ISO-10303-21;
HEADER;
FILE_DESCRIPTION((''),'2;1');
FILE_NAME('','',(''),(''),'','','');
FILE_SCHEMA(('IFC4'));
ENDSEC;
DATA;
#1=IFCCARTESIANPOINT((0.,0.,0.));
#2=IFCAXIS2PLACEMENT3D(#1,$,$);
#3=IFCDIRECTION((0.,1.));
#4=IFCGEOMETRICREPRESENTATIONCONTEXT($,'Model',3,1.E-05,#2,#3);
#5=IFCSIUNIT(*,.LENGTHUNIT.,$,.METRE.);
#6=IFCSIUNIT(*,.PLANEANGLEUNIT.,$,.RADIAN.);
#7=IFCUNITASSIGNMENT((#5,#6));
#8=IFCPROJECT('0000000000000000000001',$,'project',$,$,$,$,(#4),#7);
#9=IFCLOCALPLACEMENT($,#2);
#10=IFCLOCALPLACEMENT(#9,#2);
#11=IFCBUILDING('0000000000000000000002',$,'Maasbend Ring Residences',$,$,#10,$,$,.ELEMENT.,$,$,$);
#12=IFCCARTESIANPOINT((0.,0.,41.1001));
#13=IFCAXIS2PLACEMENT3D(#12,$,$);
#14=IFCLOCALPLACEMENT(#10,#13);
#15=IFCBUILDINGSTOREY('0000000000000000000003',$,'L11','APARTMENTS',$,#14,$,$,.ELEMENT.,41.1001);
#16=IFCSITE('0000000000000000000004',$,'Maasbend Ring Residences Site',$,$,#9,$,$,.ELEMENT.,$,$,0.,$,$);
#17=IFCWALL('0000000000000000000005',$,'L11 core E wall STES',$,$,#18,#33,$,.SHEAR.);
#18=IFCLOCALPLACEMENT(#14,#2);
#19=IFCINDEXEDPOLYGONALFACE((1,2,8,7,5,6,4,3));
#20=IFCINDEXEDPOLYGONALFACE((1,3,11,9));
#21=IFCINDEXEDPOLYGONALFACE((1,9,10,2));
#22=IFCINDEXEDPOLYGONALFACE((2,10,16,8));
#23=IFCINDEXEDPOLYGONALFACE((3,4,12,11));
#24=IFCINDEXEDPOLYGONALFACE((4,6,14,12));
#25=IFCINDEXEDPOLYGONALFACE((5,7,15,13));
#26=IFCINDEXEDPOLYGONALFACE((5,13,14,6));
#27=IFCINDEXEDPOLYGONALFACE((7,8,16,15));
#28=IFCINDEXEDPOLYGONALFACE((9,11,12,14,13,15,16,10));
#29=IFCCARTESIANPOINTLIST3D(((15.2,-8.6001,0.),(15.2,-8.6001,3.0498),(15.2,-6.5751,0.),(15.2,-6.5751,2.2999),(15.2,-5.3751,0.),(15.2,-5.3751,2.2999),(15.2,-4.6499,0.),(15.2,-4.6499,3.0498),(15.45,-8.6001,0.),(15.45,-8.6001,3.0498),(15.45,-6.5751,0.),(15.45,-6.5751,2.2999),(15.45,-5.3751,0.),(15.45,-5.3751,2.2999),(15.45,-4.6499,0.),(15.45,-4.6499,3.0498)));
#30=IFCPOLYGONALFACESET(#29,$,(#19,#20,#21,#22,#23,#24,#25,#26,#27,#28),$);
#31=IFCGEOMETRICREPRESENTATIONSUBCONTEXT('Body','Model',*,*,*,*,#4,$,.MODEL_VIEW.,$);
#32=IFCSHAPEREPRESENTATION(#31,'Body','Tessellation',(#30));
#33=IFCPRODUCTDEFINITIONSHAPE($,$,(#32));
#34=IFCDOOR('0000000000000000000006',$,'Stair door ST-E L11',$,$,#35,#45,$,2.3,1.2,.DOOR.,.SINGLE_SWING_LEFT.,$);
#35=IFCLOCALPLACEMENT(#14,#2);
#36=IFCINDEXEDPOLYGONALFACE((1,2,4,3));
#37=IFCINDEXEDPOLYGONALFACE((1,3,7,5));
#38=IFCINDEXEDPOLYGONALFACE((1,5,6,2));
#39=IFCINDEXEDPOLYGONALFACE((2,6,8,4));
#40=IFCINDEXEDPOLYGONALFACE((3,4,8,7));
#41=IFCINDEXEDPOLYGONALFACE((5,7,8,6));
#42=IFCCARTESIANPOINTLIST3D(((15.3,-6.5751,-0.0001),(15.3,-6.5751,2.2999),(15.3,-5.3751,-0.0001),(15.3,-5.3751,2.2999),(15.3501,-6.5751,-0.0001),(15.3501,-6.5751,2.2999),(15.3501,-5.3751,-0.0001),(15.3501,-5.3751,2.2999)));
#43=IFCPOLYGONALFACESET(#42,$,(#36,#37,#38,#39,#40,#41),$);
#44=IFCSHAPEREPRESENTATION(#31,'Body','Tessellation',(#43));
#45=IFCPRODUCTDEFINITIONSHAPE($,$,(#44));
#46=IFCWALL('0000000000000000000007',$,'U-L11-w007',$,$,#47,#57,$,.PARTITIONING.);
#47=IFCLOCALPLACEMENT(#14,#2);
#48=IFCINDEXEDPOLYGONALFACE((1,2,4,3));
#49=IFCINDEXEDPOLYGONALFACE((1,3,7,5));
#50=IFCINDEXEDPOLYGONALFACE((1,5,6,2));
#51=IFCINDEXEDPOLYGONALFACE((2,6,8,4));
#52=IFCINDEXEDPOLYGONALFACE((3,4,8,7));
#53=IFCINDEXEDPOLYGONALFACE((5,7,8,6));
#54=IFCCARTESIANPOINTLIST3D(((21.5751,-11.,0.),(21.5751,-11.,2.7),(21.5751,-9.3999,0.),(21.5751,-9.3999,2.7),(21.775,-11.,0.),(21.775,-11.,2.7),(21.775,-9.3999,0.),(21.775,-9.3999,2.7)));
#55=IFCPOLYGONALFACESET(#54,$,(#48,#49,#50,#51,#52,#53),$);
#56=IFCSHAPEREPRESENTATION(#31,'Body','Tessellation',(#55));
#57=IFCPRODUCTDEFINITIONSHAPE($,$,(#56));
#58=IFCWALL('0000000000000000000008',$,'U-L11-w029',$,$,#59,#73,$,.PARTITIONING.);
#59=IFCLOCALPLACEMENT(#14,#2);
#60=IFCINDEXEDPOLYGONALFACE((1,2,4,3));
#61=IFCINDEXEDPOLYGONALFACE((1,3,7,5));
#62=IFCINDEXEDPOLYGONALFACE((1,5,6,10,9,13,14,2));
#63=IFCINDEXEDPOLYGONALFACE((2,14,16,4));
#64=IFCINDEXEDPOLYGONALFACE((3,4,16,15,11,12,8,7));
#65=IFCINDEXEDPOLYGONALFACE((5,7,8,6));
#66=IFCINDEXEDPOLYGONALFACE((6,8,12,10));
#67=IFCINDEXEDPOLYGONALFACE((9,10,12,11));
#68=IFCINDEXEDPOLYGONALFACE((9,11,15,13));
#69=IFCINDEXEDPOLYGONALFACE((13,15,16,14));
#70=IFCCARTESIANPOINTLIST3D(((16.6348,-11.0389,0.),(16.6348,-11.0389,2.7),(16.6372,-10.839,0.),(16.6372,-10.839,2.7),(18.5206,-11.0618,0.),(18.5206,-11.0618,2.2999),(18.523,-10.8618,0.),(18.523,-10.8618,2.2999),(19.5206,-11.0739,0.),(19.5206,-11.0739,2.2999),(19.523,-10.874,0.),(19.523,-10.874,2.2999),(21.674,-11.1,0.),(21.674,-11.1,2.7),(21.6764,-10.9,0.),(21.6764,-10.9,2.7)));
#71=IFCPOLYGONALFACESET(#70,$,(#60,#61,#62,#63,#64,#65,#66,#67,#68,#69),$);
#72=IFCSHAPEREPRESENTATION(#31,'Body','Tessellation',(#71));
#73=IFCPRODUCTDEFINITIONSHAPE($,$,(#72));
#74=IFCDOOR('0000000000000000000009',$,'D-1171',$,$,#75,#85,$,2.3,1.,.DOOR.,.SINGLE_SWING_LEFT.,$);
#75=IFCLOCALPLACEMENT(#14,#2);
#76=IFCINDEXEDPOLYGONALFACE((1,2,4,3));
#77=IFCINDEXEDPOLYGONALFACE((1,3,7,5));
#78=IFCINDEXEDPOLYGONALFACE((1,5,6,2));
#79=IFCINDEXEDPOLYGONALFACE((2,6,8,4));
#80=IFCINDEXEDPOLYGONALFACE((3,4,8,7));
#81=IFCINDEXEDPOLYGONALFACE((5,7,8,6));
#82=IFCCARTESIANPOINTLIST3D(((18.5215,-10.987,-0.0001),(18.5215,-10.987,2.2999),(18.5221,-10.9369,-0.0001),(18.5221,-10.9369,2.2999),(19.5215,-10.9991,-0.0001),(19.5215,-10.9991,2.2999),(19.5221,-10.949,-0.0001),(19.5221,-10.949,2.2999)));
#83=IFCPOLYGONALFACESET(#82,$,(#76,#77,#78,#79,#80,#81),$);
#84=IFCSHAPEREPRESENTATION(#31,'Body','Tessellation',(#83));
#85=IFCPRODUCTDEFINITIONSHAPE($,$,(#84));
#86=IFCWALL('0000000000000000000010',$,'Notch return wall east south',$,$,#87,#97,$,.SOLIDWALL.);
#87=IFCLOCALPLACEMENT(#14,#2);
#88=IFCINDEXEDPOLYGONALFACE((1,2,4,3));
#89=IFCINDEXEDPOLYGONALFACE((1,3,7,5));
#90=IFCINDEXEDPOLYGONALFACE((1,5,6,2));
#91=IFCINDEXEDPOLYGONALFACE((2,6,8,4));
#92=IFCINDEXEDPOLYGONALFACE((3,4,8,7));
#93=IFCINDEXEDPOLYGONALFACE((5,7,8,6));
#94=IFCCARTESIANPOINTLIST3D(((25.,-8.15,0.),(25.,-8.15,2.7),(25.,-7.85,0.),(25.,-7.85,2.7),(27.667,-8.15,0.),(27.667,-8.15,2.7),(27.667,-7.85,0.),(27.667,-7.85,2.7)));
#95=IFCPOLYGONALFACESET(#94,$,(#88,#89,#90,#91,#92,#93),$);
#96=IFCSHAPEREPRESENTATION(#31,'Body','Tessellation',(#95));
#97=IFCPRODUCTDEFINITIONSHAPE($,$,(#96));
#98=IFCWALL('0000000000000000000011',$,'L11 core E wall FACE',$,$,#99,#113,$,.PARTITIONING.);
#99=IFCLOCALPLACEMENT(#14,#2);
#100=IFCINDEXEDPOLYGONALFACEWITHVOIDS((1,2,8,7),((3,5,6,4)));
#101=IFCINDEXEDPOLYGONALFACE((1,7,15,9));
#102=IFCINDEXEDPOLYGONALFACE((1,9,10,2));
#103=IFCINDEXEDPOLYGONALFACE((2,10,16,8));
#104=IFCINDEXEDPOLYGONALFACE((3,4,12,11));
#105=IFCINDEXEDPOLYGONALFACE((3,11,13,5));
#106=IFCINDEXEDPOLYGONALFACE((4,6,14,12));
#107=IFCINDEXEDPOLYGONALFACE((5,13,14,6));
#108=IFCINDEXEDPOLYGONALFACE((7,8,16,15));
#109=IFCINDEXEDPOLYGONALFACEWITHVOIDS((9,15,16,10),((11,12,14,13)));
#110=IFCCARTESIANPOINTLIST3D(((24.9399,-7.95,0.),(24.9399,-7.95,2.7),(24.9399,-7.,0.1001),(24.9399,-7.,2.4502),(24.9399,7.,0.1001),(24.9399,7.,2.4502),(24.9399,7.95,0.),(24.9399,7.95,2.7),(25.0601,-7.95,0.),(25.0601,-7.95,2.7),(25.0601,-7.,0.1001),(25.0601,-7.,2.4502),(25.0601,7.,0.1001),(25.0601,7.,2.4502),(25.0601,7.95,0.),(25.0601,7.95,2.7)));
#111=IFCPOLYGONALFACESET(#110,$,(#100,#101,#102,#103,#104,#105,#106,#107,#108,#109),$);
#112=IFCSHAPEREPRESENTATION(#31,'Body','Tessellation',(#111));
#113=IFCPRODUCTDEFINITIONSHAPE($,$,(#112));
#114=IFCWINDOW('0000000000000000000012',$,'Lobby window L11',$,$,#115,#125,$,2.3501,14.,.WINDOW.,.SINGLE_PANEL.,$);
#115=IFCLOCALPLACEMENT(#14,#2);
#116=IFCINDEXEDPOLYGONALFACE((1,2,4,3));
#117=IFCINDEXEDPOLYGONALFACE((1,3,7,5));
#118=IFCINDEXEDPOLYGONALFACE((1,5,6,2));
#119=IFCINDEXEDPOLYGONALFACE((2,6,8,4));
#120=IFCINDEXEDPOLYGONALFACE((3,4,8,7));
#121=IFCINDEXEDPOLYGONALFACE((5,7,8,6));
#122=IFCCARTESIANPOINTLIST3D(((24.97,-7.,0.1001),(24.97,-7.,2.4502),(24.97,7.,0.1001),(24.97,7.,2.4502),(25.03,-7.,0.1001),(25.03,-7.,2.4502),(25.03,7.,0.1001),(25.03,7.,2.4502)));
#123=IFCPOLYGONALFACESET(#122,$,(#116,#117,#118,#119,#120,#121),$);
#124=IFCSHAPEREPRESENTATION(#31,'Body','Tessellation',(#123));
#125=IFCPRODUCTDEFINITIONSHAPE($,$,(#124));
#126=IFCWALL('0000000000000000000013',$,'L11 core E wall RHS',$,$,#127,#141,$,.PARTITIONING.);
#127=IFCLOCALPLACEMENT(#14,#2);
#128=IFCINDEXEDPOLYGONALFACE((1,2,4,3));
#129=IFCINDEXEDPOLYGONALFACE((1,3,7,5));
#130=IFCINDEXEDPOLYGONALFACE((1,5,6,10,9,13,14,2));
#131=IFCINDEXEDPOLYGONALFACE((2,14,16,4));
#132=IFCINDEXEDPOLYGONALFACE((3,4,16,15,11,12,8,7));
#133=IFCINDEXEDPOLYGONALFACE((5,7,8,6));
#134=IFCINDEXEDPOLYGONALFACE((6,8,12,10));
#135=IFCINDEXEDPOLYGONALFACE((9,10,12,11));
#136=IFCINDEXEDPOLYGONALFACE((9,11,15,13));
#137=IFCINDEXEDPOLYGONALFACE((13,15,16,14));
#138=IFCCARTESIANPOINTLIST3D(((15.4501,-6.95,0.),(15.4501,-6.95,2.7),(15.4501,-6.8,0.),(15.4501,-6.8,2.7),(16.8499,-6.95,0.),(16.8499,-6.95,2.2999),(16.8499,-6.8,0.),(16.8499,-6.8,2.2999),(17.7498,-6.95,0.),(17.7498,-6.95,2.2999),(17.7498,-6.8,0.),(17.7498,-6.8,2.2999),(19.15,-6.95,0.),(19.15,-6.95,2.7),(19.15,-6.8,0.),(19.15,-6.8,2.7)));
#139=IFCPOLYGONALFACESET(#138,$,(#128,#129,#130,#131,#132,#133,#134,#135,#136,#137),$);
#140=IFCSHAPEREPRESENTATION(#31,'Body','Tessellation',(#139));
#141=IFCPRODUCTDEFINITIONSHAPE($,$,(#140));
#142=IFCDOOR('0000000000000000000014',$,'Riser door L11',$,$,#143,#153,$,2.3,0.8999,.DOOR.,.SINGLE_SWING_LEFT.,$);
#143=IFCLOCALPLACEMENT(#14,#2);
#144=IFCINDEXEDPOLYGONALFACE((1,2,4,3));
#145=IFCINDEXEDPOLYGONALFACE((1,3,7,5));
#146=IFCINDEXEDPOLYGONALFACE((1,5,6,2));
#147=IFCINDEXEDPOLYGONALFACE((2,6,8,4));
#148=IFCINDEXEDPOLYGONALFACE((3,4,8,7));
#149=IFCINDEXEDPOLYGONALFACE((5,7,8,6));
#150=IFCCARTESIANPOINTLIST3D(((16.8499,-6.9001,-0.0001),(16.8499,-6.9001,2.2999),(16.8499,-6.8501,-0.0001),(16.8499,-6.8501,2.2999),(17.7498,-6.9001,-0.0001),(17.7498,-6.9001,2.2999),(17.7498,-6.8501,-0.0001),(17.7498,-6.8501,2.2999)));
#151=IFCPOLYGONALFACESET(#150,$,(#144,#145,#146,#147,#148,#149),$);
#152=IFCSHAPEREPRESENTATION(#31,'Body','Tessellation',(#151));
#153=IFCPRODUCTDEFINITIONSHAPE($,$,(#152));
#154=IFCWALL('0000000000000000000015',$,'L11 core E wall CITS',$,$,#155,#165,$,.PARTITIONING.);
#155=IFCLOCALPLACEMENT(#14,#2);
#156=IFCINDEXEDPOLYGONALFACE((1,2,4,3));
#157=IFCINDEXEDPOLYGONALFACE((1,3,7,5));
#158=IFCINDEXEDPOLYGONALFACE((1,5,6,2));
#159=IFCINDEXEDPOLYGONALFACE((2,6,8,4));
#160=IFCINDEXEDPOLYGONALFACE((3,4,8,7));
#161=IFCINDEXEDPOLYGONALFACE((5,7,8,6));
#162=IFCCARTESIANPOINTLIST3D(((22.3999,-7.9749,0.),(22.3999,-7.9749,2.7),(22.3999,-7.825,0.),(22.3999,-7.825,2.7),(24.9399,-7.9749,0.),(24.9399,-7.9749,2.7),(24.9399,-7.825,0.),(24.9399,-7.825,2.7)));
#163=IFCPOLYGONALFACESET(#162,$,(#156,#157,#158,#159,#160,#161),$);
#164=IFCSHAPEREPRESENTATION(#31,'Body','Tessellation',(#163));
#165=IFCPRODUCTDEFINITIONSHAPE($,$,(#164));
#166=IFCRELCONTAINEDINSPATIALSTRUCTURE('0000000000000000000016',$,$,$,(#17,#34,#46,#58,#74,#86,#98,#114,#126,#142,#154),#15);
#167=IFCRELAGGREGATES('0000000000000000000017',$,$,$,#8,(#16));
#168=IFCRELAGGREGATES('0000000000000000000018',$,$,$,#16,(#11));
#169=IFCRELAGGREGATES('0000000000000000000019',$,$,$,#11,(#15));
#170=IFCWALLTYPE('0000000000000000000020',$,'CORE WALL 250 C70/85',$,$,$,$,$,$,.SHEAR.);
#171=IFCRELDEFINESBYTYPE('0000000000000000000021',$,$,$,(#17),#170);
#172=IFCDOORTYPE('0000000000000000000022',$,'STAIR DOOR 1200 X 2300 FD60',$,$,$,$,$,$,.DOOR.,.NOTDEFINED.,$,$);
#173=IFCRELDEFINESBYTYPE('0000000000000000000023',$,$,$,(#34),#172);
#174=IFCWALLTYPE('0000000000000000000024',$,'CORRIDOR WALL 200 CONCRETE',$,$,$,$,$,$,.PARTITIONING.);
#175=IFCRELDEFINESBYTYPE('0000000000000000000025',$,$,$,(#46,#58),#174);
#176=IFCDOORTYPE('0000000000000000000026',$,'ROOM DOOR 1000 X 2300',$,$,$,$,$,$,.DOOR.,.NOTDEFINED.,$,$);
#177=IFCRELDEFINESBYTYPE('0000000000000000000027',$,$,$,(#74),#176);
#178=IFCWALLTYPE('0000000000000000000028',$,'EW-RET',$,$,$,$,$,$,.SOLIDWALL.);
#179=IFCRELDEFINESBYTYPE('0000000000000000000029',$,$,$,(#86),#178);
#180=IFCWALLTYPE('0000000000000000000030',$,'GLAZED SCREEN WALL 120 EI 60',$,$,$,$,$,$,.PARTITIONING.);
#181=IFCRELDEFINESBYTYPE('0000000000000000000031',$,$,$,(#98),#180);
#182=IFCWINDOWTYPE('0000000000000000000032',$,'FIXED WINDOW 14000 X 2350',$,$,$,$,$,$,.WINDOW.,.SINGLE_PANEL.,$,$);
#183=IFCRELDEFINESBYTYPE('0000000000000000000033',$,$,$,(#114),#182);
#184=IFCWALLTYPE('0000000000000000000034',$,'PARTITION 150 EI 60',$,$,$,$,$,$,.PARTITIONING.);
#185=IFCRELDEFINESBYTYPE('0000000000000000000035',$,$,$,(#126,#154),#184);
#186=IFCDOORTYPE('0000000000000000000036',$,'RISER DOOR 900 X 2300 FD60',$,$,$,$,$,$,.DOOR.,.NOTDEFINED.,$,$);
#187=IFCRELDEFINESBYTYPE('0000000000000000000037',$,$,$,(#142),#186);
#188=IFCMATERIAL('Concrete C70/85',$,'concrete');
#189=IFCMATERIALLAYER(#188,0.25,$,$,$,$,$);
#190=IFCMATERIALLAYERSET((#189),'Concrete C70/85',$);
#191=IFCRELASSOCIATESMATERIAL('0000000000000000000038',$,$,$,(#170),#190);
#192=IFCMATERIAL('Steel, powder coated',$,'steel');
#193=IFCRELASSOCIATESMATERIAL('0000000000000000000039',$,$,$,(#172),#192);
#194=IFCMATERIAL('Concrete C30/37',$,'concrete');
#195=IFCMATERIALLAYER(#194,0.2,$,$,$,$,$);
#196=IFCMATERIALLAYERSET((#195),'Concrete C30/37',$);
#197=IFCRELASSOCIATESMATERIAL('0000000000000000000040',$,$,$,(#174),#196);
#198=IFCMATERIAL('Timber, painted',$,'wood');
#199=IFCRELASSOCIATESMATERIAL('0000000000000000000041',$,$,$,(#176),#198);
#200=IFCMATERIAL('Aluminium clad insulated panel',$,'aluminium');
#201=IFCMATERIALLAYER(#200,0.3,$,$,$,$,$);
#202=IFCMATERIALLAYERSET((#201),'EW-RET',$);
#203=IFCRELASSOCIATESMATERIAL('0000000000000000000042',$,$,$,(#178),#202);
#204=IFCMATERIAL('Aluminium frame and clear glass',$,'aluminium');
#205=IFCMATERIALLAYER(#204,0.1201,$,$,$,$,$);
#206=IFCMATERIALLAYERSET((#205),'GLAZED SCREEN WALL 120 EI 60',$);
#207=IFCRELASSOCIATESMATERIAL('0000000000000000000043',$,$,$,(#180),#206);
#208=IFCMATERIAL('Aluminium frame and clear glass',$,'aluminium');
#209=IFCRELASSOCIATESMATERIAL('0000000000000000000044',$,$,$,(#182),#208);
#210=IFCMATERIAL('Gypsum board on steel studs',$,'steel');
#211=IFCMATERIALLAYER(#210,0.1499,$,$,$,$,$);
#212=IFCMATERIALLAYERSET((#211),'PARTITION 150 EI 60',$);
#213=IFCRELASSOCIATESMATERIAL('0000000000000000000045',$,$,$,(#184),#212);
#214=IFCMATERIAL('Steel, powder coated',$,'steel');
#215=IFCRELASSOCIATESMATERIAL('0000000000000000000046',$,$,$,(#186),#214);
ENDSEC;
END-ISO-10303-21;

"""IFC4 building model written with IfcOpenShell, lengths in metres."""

from ifc_helpers import new_model, si_unit, direction, frame, frame_2d, origin, place, context, subcontext, project, spatial, rectangle, extrude, material, layer, layer_set, type_object, element, fill, save


model = new_model("IFC4")

# Units and contexts
model_context = context("Model", 3, precision=1e-05, world=origin(), true_north=direction((0.0, 1.0)))
body_context = subcontext(model_context, "Body", "Model", "MODEL_VIEW")
ifc_project = project(units=[si_unit("LENGTHUNIT", "METRE"), si_unit("PLANEANGLEUNIT", "RADIAN")], contexts=[model_context])

# Site, building, storey
site_placement = place(None, origin())
site = spatial("IfcSite", under=ifc_project, at=site_placement, Name="Maasbend Ring Residences Site", CompositionType="ELEMENT", RefElevation=0.0)
building_placement = place(site_placement, origin())
building = spatial("IfcBuilding", under=site, at=building_placement, Name="Maasbend Ring Residences", CompositionType="ELEMENT")
storey_placement = place(building_placement, frame((0.0, 0.0, 41.1001)))
storey = spatial("IfcBuildingStorey", under=building, at=storey_placement, Name="L11", Description="APARTMENTS", CompositionType="ELEMENT", Elevation=41.1001)

# Shared definitions
ifc_material_1 = material(Name="Concrete C70/85", Category="concrete")
ifc_layer_1 = layer(ifc_material_1, 0.25)
ifc_layer_set_1 = layer_set([ifc_layer_1], Name="Concrete C70/85")
wall_type_1 = type_object("IfcWallType", Name="CORE WALL 250 C70/85", PredefinedType="SHEAR", material=ifc_layer_set_1)

# Wall, opening, door
wall_1_placement = place(storey_placement, frame((15.325, -8.6001, 0.0), z_axis=(0.0, 0.0, 1.0), x_axis=(0.0, 1.0, 0.0)))
wall_1 = element("IfcWall", 1, at=wall_1_placement, inside=storey, type_object=wall_type_1, Name="L11 core E wall STES", PredefinedType="SHEAR", context=body_context, shape_type="SweptSolid", body=[
    extrude(rectangle(XDim=3.9502, YDim=0.25, at=frame_2d((1.9751, 0.0))), origin(), (0.0, 0.0, 1.0), 3.0498),
])
opening_1_placement = place(wall_1_placement, frame((2.0249, 0.0, 0.0)))
opening_1 = element("IfcOpeningElement", 2, at=opening_1_placement, cuts=wall_1, PredefinedType="OPENING", context=body_context, shape_type="SweptSolid", body=[
    extrude(rectangle(XDim=1.2, YDim=2.3, at=frame_2d((0.6001, 1.1499))), frame((0.0, 0.135, 0.0), z_axis=(0.0, -1.0, 0.0), x_axis=(1.0, 0.0, 0.0)), (0.0, 0.0, 1.0), 0.27),
])
ifc_material_2 = material(Name="Steel, powder coated", Category="steel")
door_type_1 = type_object("IfcDoorType", Name="STAIR DOOR 1200 X 2300 FD60", OperationType="NOTDEFINED", PredefinedType="DOOR", material=ifc_material_2)
door_1_placement = place(opening_1_placement, origin())
door_1 = element("IfcDoor", 3, at=door_1_placement, inside=storey, type_object=door_type_1, Name="Stair door ST-E L11", OperationType="SINGLE_SWING_LEFT", OverallHeight=2.3, OverallWidth=1.2, PredefinedType="DOOR", context=body_context, shape_type="SweptSolid", body=[
    extrude(rectangle(XDim=1.2, YDim=2.3, at=frame_2d((0.6001, 1.1499))), frame((0.0, 0.0249, 0.0), z_axis=(0.0, -1.0, 0.0), x_axis=(1.0, 0.0, 0.0)), (0.0, 0.0, 1.0), 0.05),
])
fill(opening_1, door_1)

# Wall
ifc_material_3 = material(Name="Concrete C30/37", Category="concrete")
ifc_layer_2 = layer(ifc_material_3, 0.2)
ifc_layer_set_2 = layer_set([ifc_layer_2], Name="Concrete C30/37")
wall_type_2 = type_object("IfcWallType", Name="CORRIDOR WALL 200 CONCRETE", PredefinedType="PARTITIONING", material=ifc_layer_set_2)
wall_2_placement = place(storey_placement, frame((21.675, -11.0, 0.0), z_axis=(0.0, 0.0, 1.0), x_axis=(0.0, 1.0, 0.0)))
element("IfcWall", 4, at=wall_2_placement, inside=storey, type_object=wall_type_2, Name="U-L11-w007", PredefinedType="PARTITIONING", context=body_context, shape_type="SweptSolid", body=[
    extrude(rectangle(XDim=1.6001, YDim=0.2, at=frame_2d((0.8, 0.0))), origin(), (0.0, 0.0, 1.0), 2.7),
])

# Wall, opening, door
wall_3_placement = place(storey_placement, frame((16.636, -10.939, 0.0), z_axis=(0.0, 0.0, 1.0), x_axis=(0.999927, -0.012112, 0.0)))
wall_3 = element("IfcWall", 5, at=wall_3_placement, inside=storey, type_object=wall_type_2, Name="U-L11-w029", PredefinedType="PARTITIONING", context=body_context, shape_type="SweptSolid", body=[
    extrude(rectangle(XDim=5.0396, YDim=0.2, at=frame_2d((2.5198, 0.0))), origin(), (0.0, 0.0, 1.0), 2.7),
])
opening_2_placement = place(wall_3_placement, frame((1.886, 0.0, 0.0)))
opening_2 = element("IfcOpeningElement", 6, at=opening_2_placement, cuts=wall_3, PredefinedType="OPENING", context=body_context, shape_type="SweptSolid", body=[
    extrude(rectangle(XDim=1.0, YDim=2.3, at=frame_2d((0.5, 1.1499))), frame((0.0, 0.1099, 0.0), z_axis=(0.0, -1.0, 0.0), x_axis=(1.0, 0.0, 0.0)), (0.0, 0.0, 1.0), 0.22),
])
ifc_material_4 = material(Name="Timber, painted", Category="wood")
door_type_2 = type_object("IfcDoorType", Name="ROOM DOOR 1000 X 2300", OperationType="NOTDEFINED", PredefinedType="DOOR", material=ifc_material_4)
door_2_placement = place(opening_2_placement, origin())
door_2 = element("IfcDoor", 7, at=door_2_placement, inside=storey, type_object=door_type_2, Name="D-1171", OperationType="SINGLE_SWING_LEFT", OverallHeight=2.3, OverallWidth=1.0, PredefinedType="DOOR", context=body_context, shape_type="SweptSolid", body=[
    extrude(rectangle(XDim=1.0, YDim=2.3, at=frame_2d((0.5, 1.1499))), frame((0.0, 0.0249, 0.0), z_axis=(0.0, -1.0, 0.0), x_axis=(1.0, 0.0, 0.0)), (0.0, 0.0, 1.0), 0.05),
])
fill(opening_2, door_2)

# Wall
ifc_material_5 = material(Name="Aluminium clad insulated panel", Category="aluminium")
ifc_layer_3 = layer(ifc_material_5, 0.3)
ifc_layer_set_3 = layer_set([ifc_layer_3], Name="EW-RET")
wall_type_3 = type_object("IfcWallType", Name="EW-RET", PredefinedType="SOLIDWALL", material=ifc_layer_set_3)
wall_4_placement = place(storey_placement, frame((25.0, -8.0, 0.0), z_axis=(0.0, 0.0, 1.0), x_axis=(1.0, 0.0, 0.0)))
element("IfcWall", 8, at=wall_4_placement, inside=storey, type_object=wall_type_3, Name="Notch return wall east south", PredefinedType="SOLIDWALL", context=body_context, shape_type="SweptSolid", body=[
    extrude(rectangle(XDim=2.667, YDim=0.3, at=frame_2d((1.3335, 0.0))), origin(), (0.0, 0.0, 1.0), 2.7),
])

# Wall, opening, window
ifc_material_6 = material(Name="Aluminium frame and clear glass", Category="aluminium")
ifc_layer_4 = layer(ifc_material_6, 0.1201)
ifc_layer_set_4 = layer_set([ifc_layer_4], Name="GLAZED SCREEN WALL 120 EI 60")
wall_type_4 = type_object("IfcWallType", Name="GLAZED SCREEN WALL 120 EI 60", PredefinedType="PARTITIONING", material=ifc_layer_set_4)
wall_5_placement = place(storey_placement, frame((25.0, -7.95, 0.0), z_axis=(0.0, 0.0, 1.0), x_axis=(0.0, 1.0, 0.0)))
wall_5 = element("IfcWall", 9, at=wall_5_placement, inside=storey, type_object=wall_type_4, Name="L11 core E wall FACE", PredefinedType="PARTITIONING", context=body_context, shape_type="SweptSolid", body=[
    extrude(rectangle(XDim=15.8999, YDim=0.1201, at=frame_2d((7.95, 0.0))), origin(), (0.0, 0.0, 1.0), 2.7),
])
opening_3_placement = place(wall_5_placement, frame((0.95, 0.0, 0.1001)))
opening_3 = element("IfcOpeningElement", 10, at=opening_3_placement, cuts=wall_5, PredefinedType="OPENING", context=body_context, shape_type="SweptSolid", body=[
    extrude(rectangle(XDim=14.0, YDim=2.3501, at=frame_2d((7.0, 1.175))), frame((0.0, 0.0701, 0.0), z_axis=(0.0, -1.0, 0.0), x_axis=(1.0, 0.0, 0.0)), (0.0, 0.0, 1.0), 0.1401),
])
ifc_material_7 = material(Name="Aluminium frame and clear glass", Category="aluminium")
window_type = type_object("IfcWindowType", Name="FIXED WINDOW 14000 X 2350", PartitioningType="SINGLE_PANEL", PredefinedType="WINDOW", material=ifc_material_7)
window_placement = place(opening_3_placement, origin())
window = element("IfcWindow", 11, at=window_placement, inside=storey, type_object=window_type, Name="Lobby window L11", OverallHeight=2.3501, OverallWidth=14.0, PartitioningType="SINGLE_PANEL", PredefinedType="WINDOW", context=body_context, shape_type="SweptSolid", body=[
    extrude(rectangle(XDim=14.0, YDim=2.3501, at=frame_2d((7.0, 1.175))), frame((0.0, 0.03, 0.0), z_axis=(0.0, -1.0, 0.0), x_axis=(1.0, 0.0, 0.0)), (0.0, 0.0, 1.0), 0.0601),
])
fill(opening_3, window)

# Wall, opening, door
ifc_material_8 = material(Name="Gypsum board on steel studs", Category="steel")
ifc_layer_5 = layer(ifc_material_8, 0.1499)
ifc_layer_set_5 = layer_set([ifc_layer_5], Name="PARTITION 150 EI 60")
wall_type_5 = type_object("IfcWallType", Name="PARTITION 150 EI 60", PredefinedType="PARTITIONING", material=ifc_layer_set_5)
wall_6_placement = place(storey_placement, frame((15.45, -6.875, 0.0), z_axis=(0.0, 0.0, 1.0), x_axis=(1.0, 0.0, 0.0)))
wall_6 = element("IfcWall", 12, at=wall_6_placement, inside=storey, type_object=wall_type_5, Name="L11 core E wall RHS", PredefinedType="PARTITIONING", context=body_context, shape_type="SweptSolid", body=[
    extrude(rectangle(XDim=3.7, YDim=0.1499, at=frame_2d((1.8501, 0.0))), origin(), (0.0, 0.0, 1.0), 2.7),
])
opening_4_placement = place(wall_6_placement, frame((1.3999, 0.0, 0.0)))
opening_4 = element("IfcOpeningElement", 13, at=opening_4_placement, cuts=wall_6, PredefinedType="OPENING", context=body_context, shape_type="SweptSolid", body=[
    extrude(rectangle(XDim=0.8999, YDim=2.3, at=frame_2d((0.45, 1.1499))), frame((0.0, 0.085, 0.0), z_axis=(0.0, -1.0, 0.0), x_axis=(1.0, 0.0, 0.0)), (0.0, 0.0, 1.0), 0.1699),
])
ifc_material_9 = material(Name="Steel, powder coated", Category="steel")
door_type_3 = type_object("IfcDoorType", Name="RISER DOOR 900 X 2300 FD60", OperationType="NOTDEFINED", PredefinedType="DOOR", material=ifc_material_9)
door_3_placement = place(opening_4_placement, origin())
door_3 = element("IfcDoor", 14, at=door_3_placement, inside=storey, type_object=door_type_3, Name="Riser door L11", OperationType="SINGLE_SWING_LEFT", OverallHeight=2.3, OverallWidth=0.8999, PredefinedType="DOOR", context=body_context, shape_type="SweptSolid", body=[
    extrude(rectangle(XDim=0.8999, YDim=2.3, at=frame_2d((0.45, 1.1499))), frame((0.0, 0.0249, 0.0), z_axis=(0.0, -1.0, 0.0), x_axis=(1.0, 0.0, 0.0)), (0.0, 0.0, 1.0), 0.05),
])
fill(opening_4, door_3)

# Wall
wall_7_placement = place(storey_placement, frame((22.3999, -7.8999, 0.0), z_axis=(0.0, 0.0, 1.0), x_axis=(1.0, 0.0, 0.0)))
element("IfcWall", 15, at=wall_7_placement, inside=storey, type_object=wall_type_5, Name="L11 core E wall CITS", PredefinedType="PARTITIONING", context=body_context, shape_type="SweptSolid", body=[
    extrude(rectangle(XDim=2.54, YDim=0.1499, at=frame_2d((1.27, 0.0))), origin(), (0.0, 0.0, 1.0), 2.7),
])

save(model, "model.ifc")
